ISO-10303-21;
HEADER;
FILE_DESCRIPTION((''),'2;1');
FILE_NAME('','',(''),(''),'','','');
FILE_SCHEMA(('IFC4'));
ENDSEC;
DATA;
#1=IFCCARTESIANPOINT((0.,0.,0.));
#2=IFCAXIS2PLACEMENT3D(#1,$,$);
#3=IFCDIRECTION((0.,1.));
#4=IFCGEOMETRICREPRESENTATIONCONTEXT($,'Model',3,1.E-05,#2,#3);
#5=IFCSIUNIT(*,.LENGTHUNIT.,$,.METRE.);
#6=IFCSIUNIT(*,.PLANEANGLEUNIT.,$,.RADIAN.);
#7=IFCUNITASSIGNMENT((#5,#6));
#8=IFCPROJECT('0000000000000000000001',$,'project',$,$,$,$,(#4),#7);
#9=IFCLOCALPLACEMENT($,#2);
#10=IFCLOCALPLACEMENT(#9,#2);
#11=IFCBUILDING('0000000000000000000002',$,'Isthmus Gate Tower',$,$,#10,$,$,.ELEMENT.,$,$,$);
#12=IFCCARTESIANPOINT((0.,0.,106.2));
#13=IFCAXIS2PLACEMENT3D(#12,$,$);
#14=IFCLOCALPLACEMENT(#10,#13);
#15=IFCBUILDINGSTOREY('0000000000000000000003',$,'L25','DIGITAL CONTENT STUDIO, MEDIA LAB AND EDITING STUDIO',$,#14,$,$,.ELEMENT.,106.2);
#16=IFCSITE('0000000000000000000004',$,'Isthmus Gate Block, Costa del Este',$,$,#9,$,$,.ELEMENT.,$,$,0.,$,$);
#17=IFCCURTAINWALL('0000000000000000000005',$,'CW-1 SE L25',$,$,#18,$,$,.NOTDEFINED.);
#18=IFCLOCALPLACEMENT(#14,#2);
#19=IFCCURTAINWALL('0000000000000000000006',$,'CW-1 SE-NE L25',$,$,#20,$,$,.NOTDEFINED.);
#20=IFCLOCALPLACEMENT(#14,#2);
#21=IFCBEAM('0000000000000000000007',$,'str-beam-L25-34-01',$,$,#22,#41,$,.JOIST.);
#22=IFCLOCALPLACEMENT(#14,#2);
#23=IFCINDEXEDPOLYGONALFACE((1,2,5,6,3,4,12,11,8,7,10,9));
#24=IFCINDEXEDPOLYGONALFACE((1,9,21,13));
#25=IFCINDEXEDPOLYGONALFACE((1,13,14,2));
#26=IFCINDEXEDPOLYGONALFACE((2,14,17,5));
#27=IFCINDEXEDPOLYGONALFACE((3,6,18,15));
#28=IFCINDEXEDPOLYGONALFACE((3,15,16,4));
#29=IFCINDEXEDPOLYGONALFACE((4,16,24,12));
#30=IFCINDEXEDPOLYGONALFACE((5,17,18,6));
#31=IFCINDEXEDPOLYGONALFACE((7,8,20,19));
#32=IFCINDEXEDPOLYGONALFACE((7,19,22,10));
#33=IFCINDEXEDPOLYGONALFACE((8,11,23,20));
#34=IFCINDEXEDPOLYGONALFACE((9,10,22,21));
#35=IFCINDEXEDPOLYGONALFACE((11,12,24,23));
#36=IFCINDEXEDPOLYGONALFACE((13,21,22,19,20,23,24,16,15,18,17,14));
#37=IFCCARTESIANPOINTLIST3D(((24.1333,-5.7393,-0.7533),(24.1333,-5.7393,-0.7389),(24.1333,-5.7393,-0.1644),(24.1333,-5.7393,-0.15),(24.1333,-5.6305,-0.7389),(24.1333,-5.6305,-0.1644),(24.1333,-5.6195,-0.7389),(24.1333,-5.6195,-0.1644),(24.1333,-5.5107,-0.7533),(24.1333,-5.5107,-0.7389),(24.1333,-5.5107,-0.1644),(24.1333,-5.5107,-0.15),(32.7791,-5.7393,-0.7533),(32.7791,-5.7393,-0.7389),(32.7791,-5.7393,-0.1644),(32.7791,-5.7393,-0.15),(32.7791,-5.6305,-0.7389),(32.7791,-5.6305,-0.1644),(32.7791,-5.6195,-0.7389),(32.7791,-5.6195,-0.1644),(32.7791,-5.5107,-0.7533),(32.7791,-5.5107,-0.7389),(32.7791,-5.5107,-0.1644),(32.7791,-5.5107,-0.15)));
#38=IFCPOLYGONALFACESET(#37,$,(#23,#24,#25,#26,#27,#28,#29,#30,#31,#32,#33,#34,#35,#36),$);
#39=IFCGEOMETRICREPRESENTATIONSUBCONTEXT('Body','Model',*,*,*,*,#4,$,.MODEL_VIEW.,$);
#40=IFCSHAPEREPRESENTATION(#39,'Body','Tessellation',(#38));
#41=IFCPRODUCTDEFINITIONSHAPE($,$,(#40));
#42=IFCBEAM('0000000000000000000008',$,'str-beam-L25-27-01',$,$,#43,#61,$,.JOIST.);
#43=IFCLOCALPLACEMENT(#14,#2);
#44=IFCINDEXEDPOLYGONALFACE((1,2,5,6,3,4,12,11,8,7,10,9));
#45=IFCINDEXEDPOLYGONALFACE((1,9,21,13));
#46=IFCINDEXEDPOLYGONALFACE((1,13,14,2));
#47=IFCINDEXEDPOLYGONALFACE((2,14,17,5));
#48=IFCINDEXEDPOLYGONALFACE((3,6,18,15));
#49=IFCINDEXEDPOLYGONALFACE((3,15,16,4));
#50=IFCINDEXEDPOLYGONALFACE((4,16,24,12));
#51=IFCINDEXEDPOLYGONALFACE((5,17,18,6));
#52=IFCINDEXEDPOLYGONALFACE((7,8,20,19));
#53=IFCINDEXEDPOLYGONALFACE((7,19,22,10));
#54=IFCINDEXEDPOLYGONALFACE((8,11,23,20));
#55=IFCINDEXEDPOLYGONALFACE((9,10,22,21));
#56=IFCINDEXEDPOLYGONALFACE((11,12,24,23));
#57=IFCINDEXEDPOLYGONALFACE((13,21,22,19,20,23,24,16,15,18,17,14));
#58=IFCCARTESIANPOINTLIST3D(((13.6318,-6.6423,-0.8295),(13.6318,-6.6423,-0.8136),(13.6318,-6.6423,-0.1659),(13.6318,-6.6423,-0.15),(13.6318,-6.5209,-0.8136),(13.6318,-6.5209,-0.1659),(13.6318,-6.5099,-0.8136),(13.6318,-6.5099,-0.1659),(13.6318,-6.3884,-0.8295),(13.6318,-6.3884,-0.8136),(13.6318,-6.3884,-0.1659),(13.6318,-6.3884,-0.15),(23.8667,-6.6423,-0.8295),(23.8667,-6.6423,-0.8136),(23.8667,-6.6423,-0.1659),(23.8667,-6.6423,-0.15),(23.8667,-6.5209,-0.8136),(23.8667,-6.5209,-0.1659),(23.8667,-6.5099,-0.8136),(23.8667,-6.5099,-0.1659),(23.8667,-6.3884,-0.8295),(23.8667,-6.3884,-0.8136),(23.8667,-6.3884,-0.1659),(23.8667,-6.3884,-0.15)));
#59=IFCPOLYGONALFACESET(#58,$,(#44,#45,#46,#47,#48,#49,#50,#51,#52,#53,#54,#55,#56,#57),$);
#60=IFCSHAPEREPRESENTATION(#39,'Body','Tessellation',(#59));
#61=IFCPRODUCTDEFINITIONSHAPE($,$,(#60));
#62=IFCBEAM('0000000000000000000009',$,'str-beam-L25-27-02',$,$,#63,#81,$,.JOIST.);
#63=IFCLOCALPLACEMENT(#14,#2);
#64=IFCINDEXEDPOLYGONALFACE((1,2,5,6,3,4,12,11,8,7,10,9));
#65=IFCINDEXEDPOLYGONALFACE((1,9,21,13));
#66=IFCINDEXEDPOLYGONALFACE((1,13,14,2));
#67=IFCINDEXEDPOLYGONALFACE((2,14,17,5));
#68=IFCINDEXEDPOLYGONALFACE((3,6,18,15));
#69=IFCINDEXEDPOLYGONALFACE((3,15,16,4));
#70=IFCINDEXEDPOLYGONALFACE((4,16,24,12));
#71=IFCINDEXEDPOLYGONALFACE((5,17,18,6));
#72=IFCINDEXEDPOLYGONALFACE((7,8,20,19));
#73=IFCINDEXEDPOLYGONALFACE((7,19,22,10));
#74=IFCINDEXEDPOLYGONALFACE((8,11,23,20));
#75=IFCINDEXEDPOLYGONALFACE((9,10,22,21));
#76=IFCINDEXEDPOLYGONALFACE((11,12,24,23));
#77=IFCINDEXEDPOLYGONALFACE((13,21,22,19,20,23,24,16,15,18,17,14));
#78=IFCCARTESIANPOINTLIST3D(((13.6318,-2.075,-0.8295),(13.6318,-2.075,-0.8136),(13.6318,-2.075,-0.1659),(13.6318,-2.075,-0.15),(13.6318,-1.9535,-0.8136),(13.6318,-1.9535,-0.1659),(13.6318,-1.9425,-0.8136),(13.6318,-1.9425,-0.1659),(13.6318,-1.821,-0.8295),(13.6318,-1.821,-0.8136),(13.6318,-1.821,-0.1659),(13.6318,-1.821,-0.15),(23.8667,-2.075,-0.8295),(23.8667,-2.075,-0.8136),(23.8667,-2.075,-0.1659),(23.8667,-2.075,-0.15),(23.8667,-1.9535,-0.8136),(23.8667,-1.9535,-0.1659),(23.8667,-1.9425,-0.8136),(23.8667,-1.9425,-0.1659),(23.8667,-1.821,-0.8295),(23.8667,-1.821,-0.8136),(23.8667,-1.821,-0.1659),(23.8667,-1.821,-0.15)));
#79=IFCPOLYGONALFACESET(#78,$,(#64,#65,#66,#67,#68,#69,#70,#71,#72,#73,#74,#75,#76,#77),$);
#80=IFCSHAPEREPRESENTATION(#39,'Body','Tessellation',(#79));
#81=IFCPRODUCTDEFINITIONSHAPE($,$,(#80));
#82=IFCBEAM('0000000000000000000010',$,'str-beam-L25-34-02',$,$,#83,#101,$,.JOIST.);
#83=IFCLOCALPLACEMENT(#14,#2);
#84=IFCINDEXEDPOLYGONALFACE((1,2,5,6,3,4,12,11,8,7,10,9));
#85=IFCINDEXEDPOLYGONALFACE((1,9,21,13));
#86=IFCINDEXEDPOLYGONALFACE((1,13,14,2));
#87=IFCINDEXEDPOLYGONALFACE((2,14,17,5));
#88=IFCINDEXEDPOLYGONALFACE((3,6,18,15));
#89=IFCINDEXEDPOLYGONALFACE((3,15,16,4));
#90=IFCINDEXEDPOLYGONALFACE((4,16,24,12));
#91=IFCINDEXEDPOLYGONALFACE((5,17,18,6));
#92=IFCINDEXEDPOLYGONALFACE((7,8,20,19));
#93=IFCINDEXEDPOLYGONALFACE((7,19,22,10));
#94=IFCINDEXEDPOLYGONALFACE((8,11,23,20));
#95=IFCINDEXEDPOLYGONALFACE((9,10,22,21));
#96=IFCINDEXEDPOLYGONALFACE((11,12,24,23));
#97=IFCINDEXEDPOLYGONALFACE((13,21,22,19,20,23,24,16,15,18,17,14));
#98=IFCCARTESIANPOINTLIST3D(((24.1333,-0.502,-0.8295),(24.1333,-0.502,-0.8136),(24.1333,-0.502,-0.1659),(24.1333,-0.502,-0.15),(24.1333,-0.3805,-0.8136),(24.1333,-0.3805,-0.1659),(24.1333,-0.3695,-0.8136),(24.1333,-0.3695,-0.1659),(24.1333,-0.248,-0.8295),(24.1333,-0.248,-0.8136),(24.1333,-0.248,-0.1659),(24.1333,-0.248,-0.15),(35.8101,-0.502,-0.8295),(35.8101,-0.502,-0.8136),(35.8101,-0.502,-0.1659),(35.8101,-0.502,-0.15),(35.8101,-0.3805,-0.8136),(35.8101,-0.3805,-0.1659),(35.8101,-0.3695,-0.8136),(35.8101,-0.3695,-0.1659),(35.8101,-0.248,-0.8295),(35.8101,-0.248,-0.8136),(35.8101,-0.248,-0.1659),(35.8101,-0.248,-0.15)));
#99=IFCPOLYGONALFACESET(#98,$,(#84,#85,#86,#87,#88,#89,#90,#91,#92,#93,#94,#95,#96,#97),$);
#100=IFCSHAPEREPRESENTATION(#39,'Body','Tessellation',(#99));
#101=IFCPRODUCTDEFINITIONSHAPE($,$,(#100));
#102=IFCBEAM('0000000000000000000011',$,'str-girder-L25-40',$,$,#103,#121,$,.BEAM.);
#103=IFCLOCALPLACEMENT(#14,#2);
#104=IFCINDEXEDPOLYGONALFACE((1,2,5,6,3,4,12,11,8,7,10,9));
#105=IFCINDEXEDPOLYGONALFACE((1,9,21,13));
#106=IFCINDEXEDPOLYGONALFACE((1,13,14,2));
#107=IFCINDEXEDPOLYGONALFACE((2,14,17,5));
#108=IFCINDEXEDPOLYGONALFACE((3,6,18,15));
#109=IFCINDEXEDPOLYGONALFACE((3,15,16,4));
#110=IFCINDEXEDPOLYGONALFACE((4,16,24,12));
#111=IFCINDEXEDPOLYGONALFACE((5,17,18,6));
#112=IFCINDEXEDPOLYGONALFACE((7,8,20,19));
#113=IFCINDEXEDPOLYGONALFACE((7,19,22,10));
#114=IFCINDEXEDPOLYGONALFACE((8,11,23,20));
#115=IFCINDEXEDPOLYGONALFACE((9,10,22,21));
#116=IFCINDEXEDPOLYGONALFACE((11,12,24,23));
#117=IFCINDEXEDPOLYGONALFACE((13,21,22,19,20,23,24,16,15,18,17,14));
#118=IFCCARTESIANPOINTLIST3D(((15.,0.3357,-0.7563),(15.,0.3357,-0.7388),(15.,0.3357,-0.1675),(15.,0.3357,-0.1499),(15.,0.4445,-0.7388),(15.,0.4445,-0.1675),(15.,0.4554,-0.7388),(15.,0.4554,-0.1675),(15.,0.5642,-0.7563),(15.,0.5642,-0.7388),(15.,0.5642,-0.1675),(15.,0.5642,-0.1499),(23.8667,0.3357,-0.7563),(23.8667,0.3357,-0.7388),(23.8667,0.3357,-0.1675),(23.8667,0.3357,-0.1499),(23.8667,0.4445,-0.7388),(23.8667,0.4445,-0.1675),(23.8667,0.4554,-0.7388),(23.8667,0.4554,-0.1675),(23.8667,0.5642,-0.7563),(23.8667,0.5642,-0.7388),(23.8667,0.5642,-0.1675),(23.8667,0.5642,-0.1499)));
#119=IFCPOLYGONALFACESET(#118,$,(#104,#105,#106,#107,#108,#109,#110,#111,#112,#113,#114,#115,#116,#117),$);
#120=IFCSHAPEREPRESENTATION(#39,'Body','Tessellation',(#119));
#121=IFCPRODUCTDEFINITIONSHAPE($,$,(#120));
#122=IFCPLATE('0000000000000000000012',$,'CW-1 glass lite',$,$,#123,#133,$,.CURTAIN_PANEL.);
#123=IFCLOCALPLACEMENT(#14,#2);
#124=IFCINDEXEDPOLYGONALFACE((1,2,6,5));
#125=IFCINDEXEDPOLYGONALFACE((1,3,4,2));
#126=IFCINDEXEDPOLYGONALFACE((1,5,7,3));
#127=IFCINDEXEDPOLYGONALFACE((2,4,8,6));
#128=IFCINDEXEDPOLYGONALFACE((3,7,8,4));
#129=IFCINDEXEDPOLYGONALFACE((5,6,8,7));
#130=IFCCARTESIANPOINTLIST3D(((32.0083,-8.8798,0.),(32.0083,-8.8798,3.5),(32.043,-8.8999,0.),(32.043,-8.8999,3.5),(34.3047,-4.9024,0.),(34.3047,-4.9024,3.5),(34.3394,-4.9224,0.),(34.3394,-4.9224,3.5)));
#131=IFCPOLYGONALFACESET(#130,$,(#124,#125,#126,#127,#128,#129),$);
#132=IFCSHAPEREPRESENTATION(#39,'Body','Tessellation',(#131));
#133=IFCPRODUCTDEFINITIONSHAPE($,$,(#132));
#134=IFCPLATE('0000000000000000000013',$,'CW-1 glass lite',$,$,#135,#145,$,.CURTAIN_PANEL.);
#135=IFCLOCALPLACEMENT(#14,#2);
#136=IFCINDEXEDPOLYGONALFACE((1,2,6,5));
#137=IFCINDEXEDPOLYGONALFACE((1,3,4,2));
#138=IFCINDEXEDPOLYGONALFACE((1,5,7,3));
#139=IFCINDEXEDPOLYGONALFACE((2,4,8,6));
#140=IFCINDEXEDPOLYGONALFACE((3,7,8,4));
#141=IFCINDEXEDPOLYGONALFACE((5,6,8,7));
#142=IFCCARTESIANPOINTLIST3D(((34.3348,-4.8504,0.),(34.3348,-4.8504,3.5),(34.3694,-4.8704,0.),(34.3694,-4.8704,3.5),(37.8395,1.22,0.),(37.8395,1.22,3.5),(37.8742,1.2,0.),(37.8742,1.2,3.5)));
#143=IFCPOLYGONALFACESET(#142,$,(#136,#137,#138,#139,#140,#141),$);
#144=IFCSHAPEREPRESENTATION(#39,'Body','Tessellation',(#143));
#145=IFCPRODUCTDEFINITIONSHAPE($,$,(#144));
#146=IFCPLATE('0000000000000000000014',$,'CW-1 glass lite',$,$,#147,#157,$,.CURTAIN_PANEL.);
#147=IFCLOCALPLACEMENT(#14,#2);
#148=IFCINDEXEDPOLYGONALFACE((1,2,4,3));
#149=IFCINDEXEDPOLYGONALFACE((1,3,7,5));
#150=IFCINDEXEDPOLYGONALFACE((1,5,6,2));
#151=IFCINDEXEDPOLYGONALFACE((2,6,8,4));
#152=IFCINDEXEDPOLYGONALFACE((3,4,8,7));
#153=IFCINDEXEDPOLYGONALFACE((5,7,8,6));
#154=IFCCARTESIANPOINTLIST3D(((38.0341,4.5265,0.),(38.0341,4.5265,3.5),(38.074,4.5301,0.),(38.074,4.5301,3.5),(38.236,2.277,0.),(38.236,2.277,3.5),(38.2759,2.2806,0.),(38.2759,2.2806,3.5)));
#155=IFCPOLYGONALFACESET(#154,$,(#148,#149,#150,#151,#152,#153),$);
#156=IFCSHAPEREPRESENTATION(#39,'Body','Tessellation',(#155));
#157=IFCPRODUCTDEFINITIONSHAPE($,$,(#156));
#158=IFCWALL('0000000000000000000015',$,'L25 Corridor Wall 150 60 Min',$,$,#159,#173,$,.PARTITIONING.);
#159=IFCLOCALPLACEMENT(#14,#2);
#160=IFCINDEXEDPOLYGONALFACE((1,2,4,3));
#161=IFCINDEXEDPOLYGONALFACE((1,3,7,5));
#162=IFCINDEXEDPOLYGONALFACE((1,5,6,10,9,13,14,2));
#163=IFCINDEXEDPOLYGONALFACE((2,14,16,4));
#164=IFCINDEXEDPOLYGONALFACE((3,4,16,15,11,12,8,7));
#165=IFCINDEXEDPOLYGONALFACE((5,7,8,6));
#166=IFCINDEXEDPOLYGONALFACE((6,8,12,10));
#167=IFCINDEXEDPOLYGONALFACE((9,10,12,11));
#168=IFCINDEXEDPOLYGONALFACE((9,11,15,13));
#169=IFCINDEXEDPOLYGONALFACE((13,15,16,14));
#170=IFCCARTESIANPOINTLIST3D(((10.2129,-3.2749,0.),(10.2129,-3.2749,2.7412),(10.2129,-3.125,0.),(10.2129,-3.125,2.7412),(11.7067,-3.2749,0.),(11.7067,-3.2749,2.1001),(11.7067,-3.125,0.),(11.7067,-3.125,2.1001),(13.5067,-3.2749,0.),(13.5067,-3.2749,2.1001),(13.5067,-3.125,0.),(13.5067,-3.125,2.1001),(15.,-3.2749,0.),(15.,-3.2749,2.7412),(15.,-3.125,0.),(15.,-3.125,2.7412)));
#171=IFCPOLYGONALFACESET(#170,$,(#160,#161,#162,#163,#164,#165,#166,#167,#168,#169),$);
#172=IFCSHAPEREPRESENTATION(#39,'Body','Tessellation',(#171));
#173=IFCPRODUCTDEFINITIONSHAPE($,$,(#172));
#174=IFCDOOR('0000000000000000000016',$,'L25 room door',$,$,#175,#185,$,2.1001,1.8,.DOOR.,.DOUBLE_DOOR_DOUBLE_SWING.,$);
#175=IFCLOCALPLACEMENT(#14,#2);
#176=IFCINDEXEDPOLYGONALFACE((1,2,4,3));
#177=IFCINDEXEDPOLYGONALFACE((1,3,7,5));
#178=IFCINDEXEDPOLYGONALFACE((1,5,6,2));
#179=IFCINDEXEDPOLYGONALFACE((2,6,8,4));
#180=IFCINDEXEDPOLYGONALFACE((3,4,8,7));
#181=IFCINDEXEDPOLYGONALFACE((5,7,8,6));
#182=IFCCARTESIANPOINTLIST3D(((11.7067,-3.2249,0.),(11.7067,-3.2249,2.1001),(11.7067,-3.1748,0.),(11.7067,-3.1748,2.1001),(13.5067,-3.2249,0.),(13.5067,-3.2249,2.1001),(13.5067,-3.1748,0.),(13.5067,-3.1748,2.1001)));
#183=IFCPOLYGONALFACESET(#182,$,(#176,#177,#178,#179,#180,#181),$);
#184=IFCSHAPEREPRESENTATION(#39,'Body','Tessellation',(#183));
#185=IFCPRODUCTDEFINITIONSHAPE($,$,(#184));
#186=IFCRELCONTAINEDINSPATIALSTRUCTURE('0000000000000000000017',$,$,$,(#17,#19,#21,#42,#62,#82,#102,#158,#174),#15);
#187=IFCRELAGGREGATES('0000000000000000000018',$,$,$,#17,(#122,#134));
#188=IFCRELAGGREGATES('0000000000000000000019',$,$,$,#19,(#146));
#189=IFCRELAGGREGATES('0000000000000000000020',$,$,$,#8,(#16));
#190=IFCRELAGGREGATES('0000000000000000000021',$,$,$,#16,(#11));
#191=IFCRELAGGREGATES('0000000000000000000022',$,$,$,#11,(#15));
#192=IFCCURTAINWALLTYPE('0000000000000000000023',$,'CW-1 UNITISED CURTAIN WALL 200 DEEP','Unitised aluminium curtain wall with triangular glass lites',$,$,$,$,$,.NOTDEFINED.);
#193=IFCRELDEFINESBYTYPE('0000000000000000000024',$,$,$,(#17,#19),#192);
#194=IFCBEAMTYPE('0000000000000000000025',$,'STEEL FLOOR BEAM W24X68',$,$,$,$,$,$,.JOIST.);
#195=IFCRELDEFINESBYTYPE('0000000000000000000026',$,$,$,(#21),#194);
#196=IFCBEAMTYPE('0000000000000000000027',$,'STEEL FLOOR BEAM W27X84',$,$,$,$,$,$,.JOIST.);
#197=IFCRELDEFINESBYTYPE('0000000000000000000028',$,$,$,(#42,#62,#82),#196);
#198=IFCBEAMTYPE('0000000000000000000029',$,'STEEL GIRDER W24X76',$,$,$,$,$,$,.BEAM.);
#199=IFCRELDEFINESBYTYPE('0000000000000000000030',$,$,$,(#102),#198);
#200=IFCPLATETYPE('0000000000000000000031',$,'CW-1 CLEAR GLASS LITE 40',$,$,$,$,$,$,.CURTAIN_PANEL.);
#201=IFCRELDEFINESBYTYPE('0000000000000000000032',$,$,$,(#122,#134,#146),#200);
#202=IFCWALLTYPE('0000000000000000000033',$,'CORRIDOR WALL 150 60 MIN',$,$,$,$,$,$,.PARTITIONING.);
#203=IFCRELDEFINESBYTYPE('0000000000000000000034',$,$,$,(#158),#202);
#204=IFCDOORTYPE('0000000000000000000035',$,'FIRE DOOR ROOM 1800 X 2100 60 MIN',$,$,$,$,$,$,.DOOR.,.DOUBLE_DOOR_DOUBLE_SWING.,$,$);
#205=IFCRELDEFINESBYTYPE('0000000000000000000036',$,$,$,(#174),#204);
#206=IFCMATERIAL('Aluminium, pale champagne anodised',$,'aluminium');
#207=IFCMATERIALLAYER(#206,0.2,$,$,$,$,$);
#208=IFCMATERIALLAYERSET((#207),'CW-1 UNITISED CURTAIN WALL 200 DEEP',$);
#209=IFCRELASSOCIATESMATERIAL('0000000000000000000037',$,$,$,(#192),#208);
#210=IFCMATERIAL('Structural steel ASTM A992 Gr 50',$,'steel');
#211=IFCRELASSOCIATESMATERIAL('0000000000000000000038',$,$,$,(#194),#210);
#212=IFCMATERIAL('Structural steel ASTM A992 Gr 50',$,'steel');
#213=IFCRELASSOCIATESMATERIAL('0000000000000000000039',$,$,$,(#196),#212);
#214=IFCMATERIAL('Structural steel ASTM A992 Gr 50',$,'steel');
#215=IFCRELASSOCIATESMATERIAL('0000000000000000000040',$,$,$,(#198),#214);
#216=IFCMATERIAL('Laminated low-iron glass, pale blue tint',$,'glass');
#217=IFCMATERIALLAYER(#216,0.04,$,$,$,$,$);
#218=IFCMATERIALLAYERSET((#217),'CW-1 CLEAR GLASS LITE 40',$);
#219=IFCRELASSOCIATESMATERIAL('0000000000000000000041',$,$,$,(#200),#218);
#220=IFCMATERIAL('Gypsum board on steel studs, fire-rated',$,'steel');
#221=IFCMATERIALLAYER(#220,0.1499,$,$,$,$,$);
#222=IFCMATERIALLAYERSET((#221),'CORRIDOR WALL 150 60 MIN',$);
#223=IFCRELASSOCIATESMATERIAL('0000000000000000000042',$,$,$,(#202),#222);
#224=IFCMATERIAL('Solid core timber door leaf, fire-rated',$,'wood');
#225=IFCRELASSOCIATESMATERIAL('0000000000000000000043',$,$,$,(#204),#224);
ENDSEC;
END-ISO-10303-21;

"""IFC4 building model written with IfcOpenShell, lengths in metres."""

from ifc_helpers import new_model, si_unit, direction, frame, frame_2d, origin, origin_2d, place, context, subcontext, project, spatial, rectangle, i_section, extrude, material, layer, layer_set, material_profile, profile_set, type_object, element, fill, aggregate, save


model = new_model("IFC4")

# Units and contexts
model_context = context("Model", 3, precision=1e-05, world=origin(), true_north=direction((0.0, 1.0)))
body_context = subcontext(model_context, "Body", "Model", "MODEL_VIEW")
ifc_project = project(units=[si_unit("LENGTHUNIT", "METRE"), si_unit("PLANEANGLEUNIT", "RADIAN")], contexts=[model_context])

# Site, building, storey
site_placement = place(None, origin())
site = spatial("IfcSite", under=ifc_project, at=site_placement, Name="Isthmus Gate Block, Costa del Este", CompositionType="ELEMENT", RefElevation=0.0)
building_placement = place(site_placement, origin())
building = spatial("IfcBuilding", under=site, at=building_placement, Name="Isthmus Gate Tower", CompositionType="ELEMENT")
storey_placement = place(building_placement, frame((0.0, 0.0, 106.2)))
storey = spatial("IfcBuildingStorey", under=building, at=storey_placement, Name="L25", Description="DIGITAL CONTENT STUDIO, MEDIA LAB AND EDITING STUDIO", CompositionType="ELEMENT", Elevation=106.2)

# Curtain walls
ifc_material_1 = material(Name="Aluminium, pale champagne anodised", Category="aluminium")
ifc_layer_1 = layer(ifc_material_1, 0.2)
ifc_layer_set_1 = layer_set([ifc_layer_1], Name="CW-1 UNITISED CURTAIN WALL 200 DEEP")
curtain_wall_type = type_object("IfcCurtainWallType", Name="CW-1 UNITISED CURTAIN WALL 200 DEEP", Description="Unitised aluminium curtain wall with triangular glass lites", PredefinedType="NOTDEFINED", material=ifc_layer_set_1)
curtain_wall_1_placement = place(storey_placement, origin())
curtain_wall_1 = element("IfcCurtainWall", 1, at=curtain_wall_1_placement, inside=storey, type_object=curtain_wall_type, Name="CW-1 SE L25", PredefinedType="NOTDEFINED")
curtain_wall_2_placement = place(storey_placement, origin())
curtain_wall_2 = element("IfcCurtainWall", 2, at=curtain_wall_2_placement, inside=storey, type_object=curtain_wall_type, Name="CW-1 SE-NE L25", PredefinedType="NOTDEFINED")

# Beams
ifc_material_2 = material(Name="Structural steel ASTM A992 Gr 50", Category="steel")
ifc_material_profile_1 = material_profile(ifc_material_2, i_section(OverallWidth=0.2285, OverallDepth=0.6033, WebThickness=0.011, FlangeThickness=0.0144, at=origin_2d()), Name="W24X68")
ifc_profile_set_1 = profile_set([ifc_material_profile_1], Name="Structural steel ASTM A992 Gr 50")
beam_type_1 = type_object("IfcBeamType", Name="STEEL FLOOR BEAM W24X68", PredefinedType="JOIST", material=ifc_profile_set_1)
beam_1_placement = place(storey_placement, frame((24.1333, -5.625, -0.4517), z_axis=(1.0, 0.0, 0.0), x_axis=(0.0, 1.0, 0.0)))
element("IfcBeam", 3, at=beam_1_placement, inside=storey, type_object=beam_type_1, Name="str-beam-L25-34-01", PredefinedType="JOIST", context=body_context, shape_type="SweptSolid", body=[
    extrude(i_section(OverallWidth=0.2285, OverallDepth=0.6033, WebThickness=0.011, FlangeThickness=0.0144, at=origin_2d()), origin(), (0.0, 0.0, 1.0), 8.6458),
])
ifc_material_3 = material(Name="Structural steel ASTM A992 Gr 50", Category="steel")
ifc_material_profile_2 = material_profile(ifc_material_3, i_section(OverallWidth=0.2539, OverallDepth=0.6794, WebThickness=0.011, FlangeThickness=0.0159, at=origin_2d()), Name="W27X84")
ifc_profile_set_2 = profile_set([ifc_material_profile_2], Name="Structural steel ASTM A992 Gr 50")
beam_type_2 = type_object("IfcBeamType", Name="STEEL FLOOR BEAM W27X84", PredefinedType="JOIST", material=ifc_profile_set_2)
for number, where, z_axis, x_axis, name in (
    (4, (13.6318, -6.5154, -0.4897), (1.0, 0.0, 0.0), (0.0, 1.0, 0.0), "str-beam-L25-27-01"),
    (5, (13.6318, -1.948, -0.4897), (1.0, 0.0, 0.0), (0.0, 1.0, 0.0), "str-beam-L25-27-02"),
):
    element("IfcBeam", number, at=place(storey_placement, frame(where, z_axis=z_axis, x_axis=x_axis)), inside=storey, type_object=beam_type_2, Name=name, PredefinedType="JOIST", context=body_context, shape_type="SweptSolid", body=[
        extrude(i_section(OverallWidth=0.2539, OverallDepth=0.6794, WebThickness=0.011, FlangeThickness=0.0159, at=origin_2d()), origin(), (0.0, 0.0, 1.0), 10.2349),
    ])
beam_2_placement = place(storey_placement, frame((24.1333, -0.375, -0.4897), z_axis=(1.0, 0.0, 0.0), x_axis=(0.0, 1.0, 0.0)))
element("IfcBeam", 6, at=beam_2_placement, inside=storey, type_object=beam_type_2, Name="str-beam-L25-34-02", PredefinedType="JOIST", context=body_context, shape_type="SweptSolid", body=[
    extrude(i_section(OverallWidth=0.2539, OverallDepth=0.6794, WebThickness=0.011, FlangeThickness=0.0159, at=origin_2d()), origin(), (0.0, 0.0, 1.0), 11.6768),
])
ifc_material_4 = material(Name="Structural steel ASTM A992 Gr 50", Category="steel")
ifc_material_profile_3 = material_profile(ifc_material_4, i_section(OverallWidth=0.2285, OverallDepth=0.6064, WebThickness=0.011, FlangeThickness=0.0176, at=origin_2d()), Name="W24X76")
ifc_profile_set_3 = profile_set([ifc_material_profile_3], Name="Structural steel ASTM A992 Gr 50")
beam_type_3 = type_object("IfcBeamType", Name="STEEL GIRDER W24X76", PredefinedType="BEAM", material=ifc_profile_set_3)
beam_3_placement = place(storey_placement, frame((15.0, 0.45, -0.4531), z_axis=(1.0, 0.0, 0.0), x_axis=(0.0, 1.0, 0.0)))
element("IfcBeam", 7, at=beam_3_placement, inside=storey, type_object=beam_type_3, Name="str-girder-L25-40", PredefinedType="BEAM", context=body_context, shape_type="SweptSolid", body=[
    extrude(i_section(OverallWidth=0.2285, OverallDepth=0.6064, WebThickness=0.011, FlangeThickness=0.0176, at=origin_2d()), origin(), (0.0, 0.0, 1.0), 8.8667),
])

# Plates
ifc_material_5 = material(Name="Laminated low-iron glass, pale blue tint", Category="glass")
ifc_layer_2 = layer(ifc_material_5, 0.04)
ifc_layer_set_2 = layer_set([ifc_layer_2], Name="CW-1 CLEAR GLASS LITE 40")
plate_type = type_object("IfcPlateType", Name="CW-1 CLEAR GLASS LITE 40", PredefinedType="CURTAIN_PANEL", material=ifc_layer_set_2)
plate_1_placement = place(storey_placement, frame((33.1738, -6.9011, 0.0), z_axis=(0.0, 0.0, 1.0), x_axis=(0.5, 0.866025, 0.0)))
plate_1 = element("IfcPlate", 8, at=plate_1_placement, type_object=plate_type, Name="CW-1 glass lite", PredefinedType="CURTAIN_PANEL", context=body_context, shape_type="SweptSolid", body=[
    extrude(rectangle(XDim=4.5928, YDim=0.04, at=origin_2d()), origin(), (0.0, 0.0, 1.0), 3.5),
])
plate_2_placement = place(storey_placement, frame((36.1045, -1.8252, 0.0), z_axis=(0.0, 0.0, 1.0), x_axis=(0.5, 0.866025, 0.0)))
plate_2 = element("IfcPlate", 9, at=plate_2_placement, type_object=plate_type, Name="CW-1 glass lite", PredefinedType="CURTAIN_PANEL", context=body_context, shape_type="SweptSolid", body=[
    extrude(rectangle(XDim=7.0095, YDim=0.04, at=origin_2d()), origin(), (0.0, 0.0, 1.0), 3.5),
])
aggregate(curtain_wall_1, [plate_1, plate_2])
plate_3_placement = place(storey_placement, frame((38.155, 3.4036, 0.0), z_axis=(0.0, 0.0, 1.0), x_axis=(-0.089397, 0.995996, 0.0)))
plate_3 = element("IfcPlate", 10, at=plate_3_placement, type_object=plate_type, Name="CW-1 glass lite", PredefinedType="CURTAIN_PANEL", context=body_context, shape_type="SweptSolid", body=[
    extrude(rectangle(XDim=2.2585, YDim=0.04, at=origin_2d()), origin(), (0.0, 0.0, 1.0), 3.5),
])
aggregate(curtain_wall_2, [plate_3])

# Wall, opening, door
ifc_material_6 = material(Name="Gypsum board on steel studs, fire-rated", Category="steel")
ifc_layer_3 = layer(ifc_material_6, 0.1499)
ifc_layer_set_3 = layer_set([ifc_layer_3], Name="CORRIDOR WALL 150 60 MIN")
wall_type_1 = type_object("IfcWallType", Name="CORRIDOR WALL 150 60 MIN", PredefinedType="PARTITIONING", material=ifc_layer_set_3)
wall_1_placement = place(storey_placement, frame((15.0, -3.2, 0.0), z_axis=(0.0, 0.0, 1.0), x_axis=(-1.0, 0.0, 0.0)))
wall_1 = element("IfcWall", 11, at=wall_1_placement, inside=storey, type_object=wall_type_1, Name="L25 Corridor Wall 150 60 Min", PredefinedType="PARTITIONING", context=body_context, shape_type="SweptSolid", body=[
    extrude(rectangle(XDim=4.7871, YDim=0.1499, at=frame_2d((2.3936, 0.0))), origin(), (0.0, 0.0, 1.0), 2.7412),
])
opening_1_placement = place(wall_1_placement, frame((1.4934, 0.0, 0.0)))
opening_1 = element("IfcOpeningElement", 12, at=opening_1_placement, cuts=wall_1, PredefinedType="OPENING", context=body_context, shape_type="SweptSolid", body=[
    extrude(rectangle(XDim=1.8, YDim=2.1001, at=frame_2d((0.8999, 1.05))), frame((0.0, 0.085, 0.0), z_axis=(0.0, -1.0, 0.0), x_axis=(1.0, 0.0, 0.0)), (0.0, 0.0, 1.0), 0.1699),
])
ifc_material_7 = material(Name="Solid core timber door leaf, fire-rated", Category="wood")
door_type_1 = type_object("IfcDoorType", Name="FIRE DOOR ROOM 1800 X 2100 60 MIN", OperationType="DOUBLE_DOOR_DOUBLE_SWING", PredefinedType="DOOR", material=ifc_material_7)
door_1_placement = place(opening_1_placement, origin())
door_1 = element("IfcDoor", 13, at=door_1_placement, inside=storey, type_object=door_type_1, Name="L25 room door", OperationType="DOUBLE_DOOR_DOUBLE_SWING", OverallHeight=2.1001, OverallWidth=1.8, PredefinedType="DOOR", context=body_context, shape_type="SweptSolid", body=[
    extrude(rectangle(XDim=1.8, YDim=2.1001, at=frame_2d((0.8999, 1.05))), frame((0.0, 0.0249, 0.0), z_axis=(0.0, -1.0, 0.0), x_axis=(1.0, 0.0, 0.0)), (0.0, 0.0, 1.0), 0.05),
])
fill(opening_1, door_1)

save(model, "model.ifc")
